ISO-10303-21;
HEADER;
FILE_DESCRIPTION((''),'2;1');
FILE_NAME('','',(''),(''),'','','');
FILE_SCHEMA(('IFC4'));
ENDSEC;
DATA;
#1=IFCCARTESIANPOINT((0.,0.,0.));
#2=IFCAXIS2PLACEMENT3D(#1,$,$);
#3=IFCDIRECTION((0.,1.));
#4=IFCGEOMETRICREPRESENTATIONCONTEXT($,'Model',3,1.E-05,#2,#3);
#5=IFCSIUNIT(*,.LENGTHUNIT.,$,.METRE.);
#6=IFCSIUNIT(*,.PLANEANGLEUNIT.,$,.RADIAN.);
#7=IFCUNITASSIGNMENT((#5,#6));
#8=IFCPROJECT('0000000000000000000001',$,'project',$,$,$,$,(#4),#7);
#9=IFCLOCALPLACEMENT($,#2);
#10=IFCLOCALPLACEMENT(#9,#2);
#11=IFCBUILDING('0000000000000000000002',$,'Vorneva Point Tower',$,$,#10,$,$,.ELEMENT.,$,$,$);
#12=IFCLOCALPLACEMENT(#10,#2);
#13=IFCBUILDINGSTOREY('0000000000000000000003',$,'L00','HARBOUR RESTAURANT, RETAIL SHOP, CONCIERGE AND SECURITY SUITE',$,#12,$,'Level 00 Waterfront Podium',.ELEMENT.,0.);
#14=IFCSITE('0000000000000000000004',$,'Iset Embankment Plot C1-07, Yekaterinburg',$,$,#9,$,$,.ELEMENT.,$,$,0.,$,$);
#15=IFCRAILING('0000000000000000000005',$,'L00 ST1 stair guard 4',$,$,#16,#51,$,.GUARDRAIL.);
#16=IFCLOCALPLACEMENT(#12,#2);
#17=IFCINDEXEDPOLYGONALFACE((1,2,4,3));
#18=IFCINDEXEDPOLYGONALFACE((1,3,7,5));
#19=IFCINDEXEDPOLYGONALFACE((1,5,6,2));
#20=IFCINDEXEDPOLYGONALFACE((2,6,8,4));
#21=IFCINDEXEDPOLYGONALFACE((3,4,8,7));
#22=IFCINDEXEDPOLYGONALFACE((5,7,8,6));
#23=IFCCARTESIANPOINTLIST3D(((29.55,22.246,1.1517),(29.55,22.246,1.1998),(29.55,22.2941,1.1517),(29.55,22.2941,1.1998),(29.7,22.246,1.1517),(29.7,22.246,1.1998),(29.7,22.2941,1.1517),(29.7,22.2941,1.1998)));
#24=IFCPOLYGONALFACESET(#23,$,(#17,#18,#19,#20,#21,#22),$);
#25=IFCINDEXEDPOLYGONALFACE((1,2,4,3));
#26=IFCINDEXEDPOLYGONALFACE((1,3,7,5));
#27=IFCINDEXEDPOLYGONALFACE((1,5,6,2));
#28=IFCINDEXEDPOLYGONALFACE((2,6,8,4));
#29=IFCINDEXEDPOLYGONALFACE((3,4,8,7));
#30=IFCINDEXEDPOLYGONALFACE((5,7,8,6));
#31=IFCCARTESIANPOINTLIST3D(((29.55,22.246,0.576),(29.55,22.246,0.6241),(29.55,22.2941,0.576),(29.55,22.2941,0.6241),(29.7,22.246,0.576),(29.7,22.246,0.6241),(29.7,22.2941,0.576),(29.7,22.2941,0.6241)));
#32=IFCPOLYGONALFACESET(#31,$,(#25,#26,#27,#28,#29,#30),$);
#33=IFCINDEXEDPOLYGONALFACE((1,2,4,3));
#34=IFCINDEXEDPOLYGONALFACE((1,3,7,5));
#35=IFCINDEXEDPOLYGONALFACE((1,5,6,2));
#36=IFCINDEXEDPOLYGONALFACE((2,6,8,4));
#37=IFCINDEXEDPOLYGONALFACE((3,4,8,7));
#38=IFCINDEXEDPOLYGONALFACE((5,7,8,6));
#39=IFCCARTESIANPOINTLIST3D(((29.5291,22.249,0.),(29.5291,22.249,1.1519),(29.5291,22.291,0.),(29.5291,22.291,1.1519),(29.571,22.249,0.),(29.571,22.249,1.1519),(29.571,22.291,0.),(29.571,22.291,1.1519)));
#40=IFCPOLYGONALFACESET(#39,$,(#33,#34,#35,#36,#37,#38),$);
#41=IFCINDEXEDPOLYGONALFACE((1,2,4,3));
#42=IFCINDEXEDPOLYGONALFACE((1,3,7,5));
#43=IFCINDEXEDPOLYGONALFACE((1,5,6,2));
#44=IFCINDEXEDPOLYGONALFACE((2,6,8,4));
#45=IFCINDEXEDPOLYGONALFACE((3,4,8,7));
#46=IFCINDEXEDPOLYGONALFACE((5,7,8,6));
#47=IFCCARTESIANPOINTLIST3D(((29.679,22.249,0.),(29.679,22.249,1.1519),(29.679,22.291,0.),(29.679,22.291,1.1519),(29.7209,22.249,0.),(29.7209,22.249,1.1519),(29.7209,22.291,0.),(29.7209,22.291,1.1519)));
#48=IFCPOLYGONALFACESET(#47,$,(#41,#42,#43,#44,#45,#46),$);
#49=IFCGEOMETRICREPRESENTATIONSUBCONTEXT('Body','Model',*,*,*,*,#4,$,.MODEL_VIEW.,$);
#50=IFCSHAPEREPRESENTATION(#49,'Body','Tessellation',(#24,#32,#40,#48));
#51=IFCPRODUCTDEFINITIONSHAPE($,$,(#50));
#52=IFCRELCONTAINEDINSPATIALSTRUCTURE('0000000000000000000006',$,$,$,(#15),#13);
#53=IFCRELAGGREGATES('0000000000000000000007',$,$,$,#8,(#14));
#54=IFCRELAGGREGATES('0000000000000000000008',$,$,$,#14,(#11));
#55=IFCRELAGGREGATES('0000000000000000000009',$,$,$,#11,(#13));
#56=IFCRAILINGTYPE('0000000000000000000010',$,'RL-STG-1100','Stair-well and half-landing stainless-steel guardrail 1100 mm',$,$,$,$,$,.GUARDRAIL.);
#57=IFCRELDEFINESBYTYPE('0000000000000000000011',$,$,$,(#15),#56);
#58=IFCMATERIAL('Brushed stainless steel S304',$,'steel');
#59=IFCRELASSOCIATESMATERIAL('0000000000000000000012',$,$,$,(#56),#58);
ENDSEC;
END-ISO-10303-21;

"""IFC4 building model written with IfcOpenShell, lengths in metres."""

from ifc_helpers import new_model, si_unit, direction, frame, origin, origin_2d, place, context, subcontext, project, spatial, rectangle, extrude, material, type_object, element, save


model = new_model("IFC4")

# Units and contexts
model_context = context("Model", 3, precision=1e-05, world=origin(), true_north=direction((0.0, 1.0)))
body_context = subcontext(model_context, "Body", "Model", "MODEL_VIEW")
ifc_project = project(units=[si_unit("LENGTHUNIT", "METRE"), si_unit("PLANEANGLEUNIT", "RADIAN")], contexts=[model_context])

# Site, building, storey
site_placement = place(None, origin())
site = spatial("IfcSite", under=ifc_project, at=site_placement, Name="Iset Embankment Plot C1-07, Yekaterinburg", CompositionType="ELEMENT", RefElevation=0.0)
building_placement = place(site_placement, origin())
building = spatial("IfcBuilding", under=site, at=building_placement, Name="Vorneva Point Tower", CompositionType="ELEMENT")
storey_placement = place(building_placement, origin())
storey = spatial("IfcBuildingStorey", under=building, at=storey_placement, Name="L00", Description="HARBOUR RESTAURANT, RETAIL SHOP, CONCIERGE AND SECURITY SUITE", LongName="Level 00 Waterfront Podium", CompositionType="ELEMENT", Elevation=0.0)

# Shared definitions
ifc_material_1 = material(Name="Brushed stainless steel S304", Category="steel")

# Railing
railing_type_1 = type_object("IfcRailingType", Name="RL-STG-1100", Description="Stair-well and half-landing stainless-steel guardrail 1100 mm", PredefinedType="GUARDRAIL", material=ifc_material_1)
railing_1_placement = place(storey_placement, frame((29.55, 22.27, 0.0)))
element("IfcRailing", 1, at=railing_1_placement, inside=storey, type_object=railing_type_1, Name="L00 ST1 stair guard 4", PredefinedType="GUARDRAIL", context=body_context, shape_type="SweptSolid", body=[
    extrude(rectangle(XDim=0.0481, YDim=0.0481, at=origin_2d()), frame((0.0, 0.0, 1.1758), z_axis=(1.0, 0.0, 0.0), x_axis=(0.0, 1.0, 0.0)), (0.0, 0.0, 1.0), 0.1499),
    extrude(rectangle(XDim=0.0481, YDim=0.0481, at=origin_2d()), frame((0.0, 0.0, 0.6001), z_axis=(1.0, 0.0, 0.0), x_axis=(0.0, 1.0, 0.0)), (0.0, 0.0, 1.0), 0.1499),
    extrude(rectangle(XDim=0.042, YDim=0.042, at=origin_2d()), origin(), (0.0, 0.0, 1.0), 1.1519),
    extrude(rectangle(XDim=0.042, YDim=0.042, at=origin_2d()), frame((0.1499, 0.0, 0.0)), (0.0, 0.0, 1.0), 1.1519),
])

save(model, "model.ifc")
